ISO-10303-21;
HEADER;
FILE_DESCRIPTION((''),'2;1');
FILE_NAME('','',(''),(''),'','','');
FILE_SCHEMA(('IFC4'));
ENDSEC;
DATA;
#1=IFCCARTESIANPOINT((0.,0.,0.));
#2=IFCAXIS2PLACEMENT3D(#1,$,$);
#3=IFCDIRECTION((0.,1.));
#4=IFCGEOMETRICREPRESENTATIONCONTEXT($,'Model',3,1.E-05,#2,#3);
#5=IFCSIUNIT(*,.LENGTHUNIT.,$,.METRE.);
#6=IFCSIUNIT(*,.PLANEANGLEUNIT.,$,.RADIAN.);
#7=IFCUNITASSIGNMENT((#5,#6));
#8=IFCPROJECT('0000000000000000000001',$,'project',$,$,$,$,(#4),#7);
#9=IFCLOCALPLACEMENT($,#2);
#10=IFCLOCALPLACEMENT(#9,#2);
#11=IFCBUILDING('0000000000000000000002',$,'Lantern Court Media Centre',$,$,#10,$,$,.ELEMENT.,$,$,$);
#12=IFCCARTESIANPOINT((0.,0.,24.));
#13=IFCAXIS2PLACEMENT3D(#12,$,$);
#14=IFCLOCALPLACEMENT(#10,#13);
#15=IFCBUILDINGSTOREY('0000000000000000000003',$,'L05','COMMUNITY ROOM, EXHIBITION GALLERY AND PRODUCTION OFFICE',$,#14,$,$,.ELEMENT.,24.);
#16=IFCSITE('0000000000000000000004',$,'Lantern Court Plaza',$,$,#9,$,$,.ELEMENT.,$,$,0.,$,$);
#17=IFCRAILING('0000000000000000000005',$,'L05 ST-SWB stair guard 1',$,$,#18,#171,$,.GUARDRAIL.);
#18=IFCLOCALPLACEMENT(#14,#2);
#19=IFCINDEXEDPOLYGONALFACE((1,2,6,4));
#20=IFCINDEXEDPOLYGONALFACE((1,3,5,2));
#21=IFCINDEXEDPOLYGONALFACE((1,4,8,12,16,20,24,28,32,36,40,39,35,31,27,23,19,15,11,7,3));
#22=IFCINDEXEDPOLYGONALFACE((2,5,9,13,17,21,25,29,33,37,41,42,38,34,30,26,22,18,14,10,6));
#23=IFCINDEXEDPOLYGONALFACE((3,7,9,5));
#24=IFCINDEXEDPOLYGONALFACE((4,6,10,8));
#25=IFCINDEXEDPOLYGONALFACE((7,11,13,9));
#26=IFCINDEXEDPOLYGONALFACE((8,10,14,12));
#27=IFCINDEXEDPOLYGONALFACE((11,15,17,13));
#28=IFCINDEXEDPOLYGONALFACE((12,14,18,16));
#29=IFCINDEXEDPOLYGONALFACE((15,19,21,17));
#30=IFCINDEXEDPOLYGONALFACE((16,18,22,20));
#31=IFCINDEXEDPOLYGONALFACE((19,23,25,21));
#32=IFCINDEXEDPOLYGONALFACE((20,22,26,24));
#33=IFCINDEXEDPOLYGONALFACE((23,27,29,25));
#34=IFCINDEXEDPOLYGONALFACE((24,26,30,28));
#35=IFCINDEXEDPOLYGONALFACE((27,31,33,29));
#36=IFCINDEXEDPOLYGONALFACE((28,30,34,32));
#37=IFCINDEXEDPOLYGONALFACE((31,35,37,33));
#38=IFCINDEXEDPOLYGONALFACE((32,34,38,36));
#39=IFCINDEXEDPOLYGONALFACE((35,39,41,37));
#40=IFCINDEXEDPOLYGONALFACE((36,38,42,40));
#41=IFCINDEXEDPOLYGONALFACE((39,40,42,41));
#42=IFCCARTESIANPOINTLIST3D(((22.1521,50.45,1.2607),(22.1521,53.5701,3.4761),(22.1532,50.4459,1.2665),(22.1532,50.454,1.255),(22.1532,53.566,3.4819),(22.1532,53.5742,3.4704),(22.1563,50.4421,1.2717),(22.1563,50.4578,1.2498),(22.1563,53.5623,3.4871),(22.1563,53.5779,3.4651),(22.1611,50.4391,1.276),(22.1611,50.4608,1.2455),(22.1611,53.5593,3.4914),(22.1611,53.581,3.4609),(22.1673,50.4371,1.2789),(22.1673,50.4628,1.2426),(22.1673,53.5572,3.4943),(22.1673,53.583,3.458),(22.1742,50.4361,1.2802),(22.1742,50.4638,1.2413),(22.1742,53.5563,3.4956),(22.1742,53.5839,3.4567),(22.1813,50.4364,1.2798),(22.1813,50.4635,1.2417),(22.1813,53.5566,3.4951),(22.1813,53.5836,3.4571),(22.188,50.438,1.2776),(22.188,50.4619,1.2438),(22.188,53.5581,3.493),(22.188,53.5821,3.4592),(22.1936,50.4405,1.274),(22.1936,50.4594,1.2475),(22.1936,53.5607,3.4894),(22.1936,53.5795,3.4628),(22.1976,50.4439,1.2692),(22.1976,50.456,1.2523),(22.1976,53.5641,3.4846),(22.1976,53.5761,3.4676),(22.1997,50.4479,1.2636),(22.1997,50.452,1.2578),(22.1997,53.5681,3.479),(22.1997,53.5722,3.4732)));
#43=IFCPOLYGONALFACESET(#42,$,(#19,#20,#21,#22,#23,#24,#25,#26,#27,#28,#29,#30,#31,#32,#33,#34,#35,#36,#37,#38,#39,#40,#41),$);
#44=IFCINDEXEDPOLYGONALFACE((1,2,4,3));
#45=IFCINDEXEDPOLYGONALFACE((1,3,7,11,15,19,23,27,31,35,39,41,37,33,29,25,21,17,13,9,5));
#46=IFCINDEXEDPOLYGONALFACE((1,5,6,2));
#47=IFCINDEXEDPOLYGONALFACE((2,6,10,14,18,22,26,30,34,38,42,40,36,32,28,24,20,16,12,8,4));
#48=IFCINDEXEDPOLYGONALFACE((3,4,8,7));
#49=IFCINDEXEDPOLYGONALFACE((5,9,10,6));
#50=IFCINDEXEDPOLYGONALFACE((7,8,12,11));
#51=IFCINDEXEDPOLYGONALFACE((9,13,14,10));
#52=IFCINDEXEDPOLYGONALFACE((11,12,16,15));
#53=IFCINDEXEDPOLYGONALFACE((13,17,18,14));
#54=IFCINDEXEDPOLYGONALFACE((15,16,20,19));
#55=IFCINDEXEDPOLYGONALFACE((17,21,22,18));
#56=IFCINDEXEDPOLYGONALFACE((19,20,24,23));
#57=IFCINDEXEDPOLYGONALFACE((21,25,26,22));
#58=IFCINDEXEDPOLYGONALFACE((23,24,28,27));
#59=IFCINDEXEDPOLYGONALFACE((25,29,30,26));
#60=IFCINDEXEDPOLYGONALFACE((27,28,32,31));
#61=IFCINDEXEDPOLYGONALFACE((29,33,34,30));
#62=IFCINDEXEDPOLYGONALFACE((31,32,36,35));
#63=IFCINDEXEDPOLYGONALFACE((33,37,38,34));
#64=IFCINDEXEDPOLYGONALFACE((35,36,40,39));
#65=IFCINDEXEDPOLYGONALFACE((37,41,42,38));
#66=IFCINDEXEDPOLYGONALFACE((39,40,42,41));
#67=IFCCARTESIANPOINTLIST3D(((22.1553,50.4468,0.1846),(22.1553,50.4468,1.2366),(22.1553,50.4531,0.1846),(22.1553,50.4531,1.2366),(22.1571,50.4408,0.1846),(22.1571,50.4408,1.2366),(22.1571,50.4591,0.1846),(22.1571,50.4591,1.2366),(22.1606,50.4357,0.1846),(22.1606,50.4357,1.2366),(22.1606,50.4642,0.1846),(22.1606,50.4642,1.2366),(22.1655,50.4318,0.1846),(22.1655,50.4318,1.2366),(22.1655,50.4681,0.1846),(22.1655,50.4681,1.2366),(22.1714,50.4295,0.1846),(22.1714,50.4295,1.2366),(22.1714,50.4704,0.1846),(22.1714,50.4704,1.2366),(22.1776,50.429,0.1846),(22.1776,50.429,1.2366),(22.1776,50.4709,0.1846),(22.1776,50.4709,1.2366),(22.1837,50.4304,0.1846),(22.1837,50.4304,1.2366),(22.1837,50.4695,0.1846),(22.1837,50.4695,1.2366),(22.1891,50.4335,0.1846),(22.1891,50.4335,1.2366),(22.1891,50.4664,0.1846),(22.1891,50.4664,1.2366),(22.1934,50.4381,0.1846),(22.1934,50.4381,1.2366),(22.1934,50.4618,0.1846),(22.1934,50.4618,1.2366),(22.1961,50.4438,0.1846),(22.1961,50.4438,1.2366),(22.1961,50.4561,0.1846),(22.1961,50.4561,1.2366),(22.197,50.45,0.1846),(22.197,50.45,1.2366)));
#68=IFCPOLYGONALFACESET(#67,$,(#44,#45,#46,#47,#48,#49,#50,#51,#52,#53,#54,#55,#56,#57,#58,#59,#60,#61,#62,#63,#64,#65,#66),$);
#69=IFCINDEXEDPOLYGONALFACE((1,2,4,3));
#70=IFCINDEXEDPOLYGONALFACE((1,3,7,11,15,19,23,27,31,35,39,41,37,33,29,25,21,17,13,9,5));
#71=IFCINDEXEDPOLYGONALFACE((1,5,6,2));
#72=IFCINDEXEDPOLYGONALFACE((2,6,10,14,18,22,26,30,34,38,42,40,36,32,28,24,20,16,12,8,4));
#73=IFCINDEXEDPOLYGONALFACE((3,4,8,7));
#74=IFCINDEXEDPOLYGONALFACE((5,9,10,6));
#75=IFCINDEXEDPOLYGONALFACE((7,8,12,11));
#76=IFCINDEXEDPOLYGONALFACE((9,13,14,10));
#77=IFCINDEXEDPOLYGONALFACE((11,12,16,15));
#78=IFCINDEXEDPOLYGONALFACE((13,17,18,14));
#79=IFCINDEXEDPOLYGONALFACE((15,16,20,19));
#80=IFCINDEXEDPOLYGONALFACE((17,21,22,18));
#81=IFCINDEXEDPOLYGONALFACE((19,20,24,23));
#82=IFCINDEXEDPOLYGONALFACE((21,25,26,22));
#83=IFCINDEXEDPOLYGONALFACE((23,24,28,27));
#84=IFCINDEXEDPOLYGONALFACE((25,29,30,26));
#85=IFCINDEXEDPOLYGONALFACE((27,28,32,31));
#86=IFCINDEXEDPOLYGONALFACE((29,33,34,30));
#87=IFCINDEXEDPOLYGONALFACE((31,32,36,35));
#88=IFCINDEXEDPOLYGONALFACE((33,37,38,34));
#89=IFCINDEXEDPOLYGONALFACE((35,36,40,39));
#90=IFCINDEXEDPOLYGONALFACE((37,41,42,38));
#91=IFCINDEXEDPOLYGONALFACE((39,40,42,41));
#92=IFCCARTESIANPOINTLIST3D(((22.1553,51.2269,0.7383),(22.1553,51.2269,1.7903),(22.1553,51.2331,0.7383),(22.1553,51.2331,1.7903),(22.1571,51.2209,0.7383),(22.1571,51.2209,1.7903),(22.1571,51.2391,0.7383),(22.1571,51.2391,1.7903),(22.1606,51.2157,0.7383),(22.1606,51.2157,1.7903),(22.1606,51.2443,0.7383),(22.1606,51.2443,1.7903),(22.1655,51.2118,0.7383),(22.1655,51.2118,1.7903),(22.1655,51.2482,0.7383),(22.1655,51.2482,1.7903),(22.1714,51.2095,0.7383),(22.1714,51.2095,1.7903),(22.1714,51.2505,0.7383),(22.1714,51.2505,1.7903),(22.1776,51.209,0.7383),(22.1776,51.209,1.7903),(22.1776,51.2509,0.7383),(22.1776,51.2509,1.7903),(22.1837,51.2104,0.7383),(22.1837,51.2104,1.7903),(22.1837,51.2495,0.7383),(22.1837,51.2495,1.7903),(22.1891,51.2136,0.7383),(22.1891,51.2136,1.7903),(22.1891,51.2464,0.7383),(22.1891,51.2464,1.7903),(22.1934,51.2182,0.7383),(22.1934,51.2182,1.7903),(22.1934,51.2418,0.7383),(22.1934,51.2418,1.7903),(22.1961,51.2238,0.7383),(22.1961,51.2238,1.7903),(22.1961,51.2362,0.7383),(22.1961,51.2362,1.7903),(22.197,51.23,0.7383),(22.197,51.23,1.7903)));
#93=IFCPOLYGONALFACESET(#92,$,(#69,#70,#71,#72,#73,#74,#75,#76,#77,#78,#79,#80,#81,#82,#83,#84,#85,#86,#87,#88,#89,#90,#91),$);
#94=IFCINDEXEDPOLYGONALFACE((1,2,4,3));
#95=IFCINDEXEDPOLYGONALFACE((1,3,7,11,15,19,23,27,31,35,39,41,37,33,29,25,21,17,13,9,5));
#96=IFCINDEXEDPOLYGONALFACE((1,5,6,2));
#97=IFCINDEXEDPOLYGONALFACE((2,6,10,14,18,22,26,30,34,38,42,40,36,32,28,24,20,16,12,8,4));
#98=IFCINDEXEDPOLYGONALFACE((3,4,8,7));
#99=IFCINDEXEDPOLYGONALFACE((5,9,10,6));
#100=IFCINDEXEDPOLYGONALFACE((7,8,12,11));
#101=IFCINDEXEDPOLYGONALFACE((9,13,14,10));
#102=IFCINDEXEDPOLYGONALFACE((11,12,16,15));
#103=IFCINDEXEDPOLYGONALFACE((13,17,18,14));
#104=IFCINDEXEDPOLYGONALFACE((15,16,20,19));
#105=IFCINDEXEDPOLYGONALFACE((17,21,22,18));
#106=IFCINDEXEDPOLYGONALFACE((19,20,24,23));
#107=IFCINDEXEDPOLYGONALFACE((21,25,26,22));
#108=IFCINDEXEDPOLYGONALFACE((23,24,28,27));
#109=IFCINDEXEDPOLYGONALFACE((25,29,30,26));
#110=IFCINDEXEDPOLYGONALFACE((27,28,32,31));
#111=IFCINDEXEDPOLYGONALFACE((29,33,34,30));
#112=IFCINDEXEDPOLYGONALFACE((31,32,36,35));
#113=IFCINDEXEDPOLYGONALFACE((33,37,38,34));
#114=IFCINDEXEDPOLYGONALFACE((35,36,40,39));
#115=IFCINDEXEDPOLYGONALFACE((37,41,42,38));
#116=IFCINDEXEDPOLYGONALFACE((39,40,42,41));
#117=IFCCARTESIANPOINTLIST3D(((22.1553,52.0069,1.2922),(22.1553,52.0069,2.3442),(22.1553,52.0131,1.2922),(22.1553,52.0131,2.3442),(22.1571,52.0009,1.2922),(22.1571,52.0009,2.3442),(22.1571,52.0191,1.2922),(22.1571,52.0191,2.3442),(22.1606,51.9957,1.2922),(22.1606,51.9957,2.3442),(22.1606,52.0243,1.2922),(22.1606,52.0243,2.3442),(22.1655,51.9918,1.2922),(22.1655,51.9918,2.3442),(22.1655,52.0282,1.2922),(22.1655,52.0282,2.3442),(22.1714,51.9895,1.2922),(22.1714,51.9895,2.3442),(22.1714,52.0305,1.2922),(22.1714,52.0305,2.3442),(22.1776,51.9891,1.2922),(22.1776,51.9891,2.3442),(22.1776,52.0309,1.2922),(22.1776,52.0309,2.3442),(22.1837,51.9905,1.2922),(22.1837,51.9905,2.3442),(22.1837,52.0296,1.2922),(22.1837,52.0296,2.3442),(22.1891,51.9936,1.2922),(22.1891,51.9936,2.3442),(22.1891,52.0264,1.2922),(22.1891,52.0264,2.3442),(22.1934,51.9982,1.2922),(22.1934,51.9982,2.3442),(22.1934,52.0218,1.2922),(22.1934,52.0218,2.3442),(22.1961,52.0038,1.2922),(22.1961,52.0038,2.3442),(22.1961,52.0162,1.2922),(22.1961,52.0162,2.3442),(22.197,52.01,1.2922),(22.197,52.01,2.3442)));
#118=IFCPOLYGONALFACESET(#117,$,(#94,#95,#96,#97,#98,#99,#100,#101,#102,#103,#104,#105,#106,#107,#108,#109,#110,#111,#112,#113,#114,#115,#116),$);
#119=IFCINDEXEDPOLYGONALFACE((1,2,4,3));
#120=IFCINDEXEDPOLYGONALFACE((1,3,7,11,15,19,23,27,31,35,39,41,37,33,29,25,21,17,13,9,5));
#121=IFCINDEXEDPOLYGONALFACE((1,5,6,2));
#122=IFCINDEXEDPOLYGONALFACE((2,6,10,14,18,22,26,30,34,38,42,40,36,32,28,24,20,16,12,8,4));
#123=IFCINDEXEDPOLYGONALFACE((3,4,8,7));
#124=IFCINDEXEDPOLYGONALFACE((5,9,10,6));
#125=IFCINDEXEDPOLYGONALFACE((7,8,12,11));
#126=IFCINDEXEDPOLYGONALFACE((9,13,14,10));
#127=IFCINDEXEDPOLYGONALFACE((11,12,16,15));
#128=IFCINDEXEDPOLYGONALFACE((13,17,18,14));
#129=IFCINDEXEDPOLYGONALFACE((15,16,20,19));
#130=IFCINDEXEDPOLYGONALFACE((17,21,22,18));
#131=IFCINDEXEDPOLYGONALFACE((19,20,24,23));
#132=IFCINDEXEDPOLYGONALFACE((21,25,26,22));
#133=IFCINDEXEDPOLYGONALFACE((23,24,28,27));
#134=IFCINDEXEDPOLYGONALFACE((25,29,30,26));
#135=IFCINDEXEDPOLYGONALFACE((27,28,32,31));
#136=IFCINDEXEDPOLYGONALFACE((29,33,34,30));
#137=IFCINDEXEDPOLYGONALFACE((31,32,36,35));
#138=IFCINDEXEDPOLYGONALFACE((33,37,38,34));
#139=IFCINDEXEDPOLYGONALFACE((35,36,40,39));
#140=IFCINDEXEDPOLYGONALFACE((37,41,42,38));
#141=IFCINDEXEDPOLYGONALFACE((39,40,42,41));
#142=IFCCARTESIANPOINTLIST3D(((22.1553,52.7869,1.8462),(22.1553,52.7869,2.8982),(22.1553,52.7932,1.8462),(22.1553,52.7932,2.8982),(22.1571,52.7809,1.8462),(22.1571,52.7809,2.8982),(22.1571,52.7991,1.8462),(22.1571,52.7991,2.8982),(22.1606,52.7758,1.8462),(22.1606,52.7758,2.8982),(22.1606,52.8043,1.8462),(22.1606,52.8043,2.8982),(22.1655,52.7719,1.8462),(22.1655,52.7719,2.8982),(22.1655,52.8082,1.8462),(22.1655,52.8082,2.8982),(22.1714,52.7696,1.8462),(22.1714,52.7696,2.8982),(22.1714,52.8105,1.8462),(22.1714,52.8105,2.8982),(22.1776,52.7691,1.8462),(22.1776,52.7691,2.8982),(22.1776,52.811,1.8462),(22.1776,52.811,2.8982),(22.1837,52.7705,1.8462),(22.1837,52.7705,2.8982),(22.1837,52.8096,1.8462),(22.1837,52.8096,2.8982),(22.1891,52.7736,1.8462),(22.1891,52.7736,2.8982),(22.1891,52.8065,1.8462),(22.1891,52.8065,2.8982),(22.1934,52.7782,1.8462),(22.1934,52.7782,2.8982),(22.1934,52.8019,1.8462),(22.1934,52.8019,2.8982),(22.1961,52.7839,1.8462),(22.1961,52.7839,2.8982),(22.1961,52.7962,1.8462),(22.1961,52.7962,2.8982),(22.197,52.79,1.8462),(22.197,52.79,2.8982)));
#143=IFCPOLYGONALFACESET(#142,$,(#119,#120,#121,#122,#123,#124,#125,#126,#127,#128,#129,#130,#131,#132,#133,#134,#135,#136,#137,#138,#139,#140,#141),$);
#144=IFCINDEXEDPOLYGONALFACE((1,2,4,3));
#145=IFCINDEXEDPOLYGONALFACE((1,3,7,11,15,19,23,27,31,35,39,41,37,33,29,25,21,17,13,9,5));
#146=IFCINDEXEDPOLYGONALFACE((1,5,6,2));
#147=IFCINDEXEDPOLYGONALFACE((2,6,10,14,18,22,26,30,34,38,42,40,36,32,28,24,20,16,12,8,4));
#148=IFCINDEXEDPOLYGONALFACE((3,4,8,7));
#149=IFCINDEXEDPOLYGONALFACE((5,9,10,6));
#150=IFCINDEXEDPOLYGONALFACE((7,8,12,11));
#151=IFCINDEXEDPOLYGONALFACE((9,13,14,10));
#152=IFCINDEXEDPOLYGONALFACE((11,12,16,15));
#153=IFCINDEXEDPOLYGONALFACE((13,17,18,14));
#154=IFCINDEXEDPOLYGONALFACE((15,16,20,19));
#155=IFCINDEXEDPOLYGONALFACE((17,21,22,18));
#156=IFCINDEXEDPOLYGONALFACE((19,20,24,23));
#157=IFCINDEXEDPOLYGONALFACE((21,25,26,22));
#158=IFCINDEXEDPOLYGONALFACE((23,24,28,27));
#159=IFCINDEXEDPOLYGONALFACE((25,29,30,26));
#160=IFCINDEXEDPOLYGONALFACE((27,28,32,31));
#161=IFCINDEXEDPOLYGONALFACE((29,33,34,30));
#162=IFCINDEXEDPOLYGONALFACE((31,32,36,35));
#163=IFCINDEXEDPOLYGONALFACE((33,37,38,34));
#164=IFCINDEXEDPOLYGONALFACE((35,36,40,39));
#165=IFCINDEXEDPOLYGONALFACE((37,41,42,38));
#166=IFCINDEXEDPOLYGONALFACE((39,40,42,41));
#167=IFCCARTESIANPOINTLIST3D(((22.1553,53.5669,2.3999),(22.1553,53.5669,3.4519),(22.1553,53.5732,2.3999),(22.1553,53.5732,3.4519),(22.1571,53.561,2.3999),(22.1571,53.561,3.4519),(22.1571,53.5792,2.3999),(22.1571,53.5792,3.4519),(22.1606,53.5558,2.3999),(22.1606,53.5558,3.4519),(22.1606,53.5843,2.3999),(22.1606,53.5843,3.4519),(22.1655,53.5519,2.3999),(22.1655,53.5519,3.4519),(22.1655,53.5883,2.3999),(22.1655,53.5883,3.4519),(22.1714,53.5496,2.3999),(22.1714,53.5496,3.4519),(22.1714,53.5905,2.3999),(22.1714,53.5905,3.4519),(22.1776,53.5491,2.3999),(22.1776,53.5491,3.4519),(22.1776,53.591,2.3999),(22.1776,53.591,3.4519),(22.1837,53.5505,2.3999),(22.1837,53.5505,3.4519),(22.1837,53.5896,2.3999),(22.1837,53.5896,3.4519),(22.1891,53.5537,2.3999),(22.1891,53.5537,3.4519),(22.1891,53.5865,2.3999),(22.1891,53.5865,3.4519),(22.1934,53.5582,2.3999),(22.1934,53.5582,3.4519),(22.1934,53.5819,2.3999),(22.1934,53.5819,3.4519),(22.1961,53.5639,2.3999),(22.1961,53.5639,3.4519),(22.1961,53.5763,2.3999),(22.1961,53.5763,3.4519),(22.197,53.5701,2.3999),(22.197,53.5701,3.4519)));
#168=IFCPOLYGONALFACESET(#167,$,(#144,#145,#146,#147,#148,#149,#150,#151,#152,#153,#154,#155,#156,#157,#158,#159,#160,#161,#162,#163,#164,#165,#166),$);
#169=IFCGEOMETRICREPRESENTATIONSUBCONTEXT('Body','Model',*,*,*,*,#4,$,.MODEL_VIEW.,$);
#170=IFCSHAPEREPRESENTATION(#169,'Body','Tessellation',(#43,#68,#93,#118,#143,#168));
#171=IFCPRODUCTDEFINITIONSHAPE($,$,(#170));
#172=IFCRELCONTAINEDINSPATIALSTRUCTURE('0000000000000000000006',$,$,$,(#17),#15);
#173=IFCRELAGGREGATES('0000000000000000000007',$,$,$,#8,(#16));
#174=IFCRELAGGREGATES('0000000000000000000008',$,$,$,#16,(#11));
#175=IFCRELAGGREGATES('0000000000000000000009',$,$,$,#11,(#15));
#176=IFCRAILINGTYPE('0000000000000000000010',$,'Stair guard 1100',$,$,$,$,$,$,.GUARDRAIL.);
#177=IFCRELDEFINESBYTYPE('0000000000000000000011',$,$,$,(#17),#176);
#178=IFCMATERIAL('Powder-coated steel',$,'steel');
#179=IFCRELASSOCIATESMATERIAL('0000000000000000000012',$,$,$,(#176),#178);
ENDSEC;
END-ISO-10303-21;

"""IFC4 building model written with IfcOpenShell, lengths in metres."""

from ifc_helpers import new_model, si_unit, direction, frame, origin, origin_2d, place, context, subcontext, project, spatial, circle, extrude, material, type_object, element, save


model = new_model("IFC4")

# Units and contexts
model_context = context("Model", 3, precision=1e-05, world=origin(), true_north=direction((0.0, 1.0)))
body_context = subcontext(model_context, "Body", "Model", "MODEL_VIEW")
ifc_project = project(units=[si_unit("LENGTHUNIT", "METRE"), si_unit("PLANEANGLEUNIT", "RADIAN")], contexts=[model_context])

# Site, building, storey
site_placement = place(None, origin())
site = spatial("IfcSite", under=ifc_project, at=site_placement, Name="Lantern Court Plaza", CompositionType="ELEMENT", RefElevation=0.0)
building_placement = place(site_placement, origin())
building = spatial("IfcBuilding", under=site, at=building_placement, Name="Lantern Court Media Centre", CompositionType="ELEMENT")
storey_placement = place(building_placement, frame((0.0, 0.0, 24.0)))
storey = spatial("IfcBuildingStorey", under=building, at=storey_placement, Name="L05", Description="COMMUNITY ROOM, EXHIBITION GALLERY AND PRODUCTION OFFICE", CompositionType="ELEMENT", Elevation=24.0)

# Shared definitions
ifc_material_1 = material(Name="Powder-coated steel", Category="steel")

# Railing
railing_type_1 = type_object("IfcRailingType", Name="Stair guard 1100", PredefinedType="GUARDRAIL", material=ifc_material_1)
railing_1_placement = place(storey_placement, frame((22.176, 50.45, 0.1846)))
element("IfcRailing", 1, at=railing_1_placement, inside=storey, type_object=railing_type_1, Name="L05 ST-SWB stair guard 1", PredefinedType="GUARDRAIL", context=body_context, shape_type="SweptSolid", body=[
    extrude(circle(Radius=0.0239, at=origin_2d()), frame((0.0, 0.0, 1.0762), z_axis=(0.0, 0.815377, 0.57893), x_axis=(-1.0, 0.0, 0.0)), (0.0, 0.0, 1.0), 3.8267),
    extrude(circle(Radius=0.021, at=origin_2d()), origin(), (0.0, 0.0, 1.0), 1.052),
    extrude(circle(Radius=0.021, at=origin_2d()), frame((0.0, 0.78, 0.5537)), (0.0, 0.0, 1.0), 1.052),
    extrude(circle(Radius=0.021, at=origin_2d()), frame((0.0, 1.5601, 1.1077)), (0.0, 0.0, 1.0), 1.052),
    extrude(circle(Radius=0.021, at=origin_2d()), frame((0.0, 2.3401, 1.6616)), (0.0, 0.0, 1.0), 1.052),
    extrude(circle(Radius=0.021, at=origin_2d()), frame((0.0, 3.1201, 2.2153)), (0.0, 0.0, 1.0), 1.052),
])

save(model, "model.ifc")
